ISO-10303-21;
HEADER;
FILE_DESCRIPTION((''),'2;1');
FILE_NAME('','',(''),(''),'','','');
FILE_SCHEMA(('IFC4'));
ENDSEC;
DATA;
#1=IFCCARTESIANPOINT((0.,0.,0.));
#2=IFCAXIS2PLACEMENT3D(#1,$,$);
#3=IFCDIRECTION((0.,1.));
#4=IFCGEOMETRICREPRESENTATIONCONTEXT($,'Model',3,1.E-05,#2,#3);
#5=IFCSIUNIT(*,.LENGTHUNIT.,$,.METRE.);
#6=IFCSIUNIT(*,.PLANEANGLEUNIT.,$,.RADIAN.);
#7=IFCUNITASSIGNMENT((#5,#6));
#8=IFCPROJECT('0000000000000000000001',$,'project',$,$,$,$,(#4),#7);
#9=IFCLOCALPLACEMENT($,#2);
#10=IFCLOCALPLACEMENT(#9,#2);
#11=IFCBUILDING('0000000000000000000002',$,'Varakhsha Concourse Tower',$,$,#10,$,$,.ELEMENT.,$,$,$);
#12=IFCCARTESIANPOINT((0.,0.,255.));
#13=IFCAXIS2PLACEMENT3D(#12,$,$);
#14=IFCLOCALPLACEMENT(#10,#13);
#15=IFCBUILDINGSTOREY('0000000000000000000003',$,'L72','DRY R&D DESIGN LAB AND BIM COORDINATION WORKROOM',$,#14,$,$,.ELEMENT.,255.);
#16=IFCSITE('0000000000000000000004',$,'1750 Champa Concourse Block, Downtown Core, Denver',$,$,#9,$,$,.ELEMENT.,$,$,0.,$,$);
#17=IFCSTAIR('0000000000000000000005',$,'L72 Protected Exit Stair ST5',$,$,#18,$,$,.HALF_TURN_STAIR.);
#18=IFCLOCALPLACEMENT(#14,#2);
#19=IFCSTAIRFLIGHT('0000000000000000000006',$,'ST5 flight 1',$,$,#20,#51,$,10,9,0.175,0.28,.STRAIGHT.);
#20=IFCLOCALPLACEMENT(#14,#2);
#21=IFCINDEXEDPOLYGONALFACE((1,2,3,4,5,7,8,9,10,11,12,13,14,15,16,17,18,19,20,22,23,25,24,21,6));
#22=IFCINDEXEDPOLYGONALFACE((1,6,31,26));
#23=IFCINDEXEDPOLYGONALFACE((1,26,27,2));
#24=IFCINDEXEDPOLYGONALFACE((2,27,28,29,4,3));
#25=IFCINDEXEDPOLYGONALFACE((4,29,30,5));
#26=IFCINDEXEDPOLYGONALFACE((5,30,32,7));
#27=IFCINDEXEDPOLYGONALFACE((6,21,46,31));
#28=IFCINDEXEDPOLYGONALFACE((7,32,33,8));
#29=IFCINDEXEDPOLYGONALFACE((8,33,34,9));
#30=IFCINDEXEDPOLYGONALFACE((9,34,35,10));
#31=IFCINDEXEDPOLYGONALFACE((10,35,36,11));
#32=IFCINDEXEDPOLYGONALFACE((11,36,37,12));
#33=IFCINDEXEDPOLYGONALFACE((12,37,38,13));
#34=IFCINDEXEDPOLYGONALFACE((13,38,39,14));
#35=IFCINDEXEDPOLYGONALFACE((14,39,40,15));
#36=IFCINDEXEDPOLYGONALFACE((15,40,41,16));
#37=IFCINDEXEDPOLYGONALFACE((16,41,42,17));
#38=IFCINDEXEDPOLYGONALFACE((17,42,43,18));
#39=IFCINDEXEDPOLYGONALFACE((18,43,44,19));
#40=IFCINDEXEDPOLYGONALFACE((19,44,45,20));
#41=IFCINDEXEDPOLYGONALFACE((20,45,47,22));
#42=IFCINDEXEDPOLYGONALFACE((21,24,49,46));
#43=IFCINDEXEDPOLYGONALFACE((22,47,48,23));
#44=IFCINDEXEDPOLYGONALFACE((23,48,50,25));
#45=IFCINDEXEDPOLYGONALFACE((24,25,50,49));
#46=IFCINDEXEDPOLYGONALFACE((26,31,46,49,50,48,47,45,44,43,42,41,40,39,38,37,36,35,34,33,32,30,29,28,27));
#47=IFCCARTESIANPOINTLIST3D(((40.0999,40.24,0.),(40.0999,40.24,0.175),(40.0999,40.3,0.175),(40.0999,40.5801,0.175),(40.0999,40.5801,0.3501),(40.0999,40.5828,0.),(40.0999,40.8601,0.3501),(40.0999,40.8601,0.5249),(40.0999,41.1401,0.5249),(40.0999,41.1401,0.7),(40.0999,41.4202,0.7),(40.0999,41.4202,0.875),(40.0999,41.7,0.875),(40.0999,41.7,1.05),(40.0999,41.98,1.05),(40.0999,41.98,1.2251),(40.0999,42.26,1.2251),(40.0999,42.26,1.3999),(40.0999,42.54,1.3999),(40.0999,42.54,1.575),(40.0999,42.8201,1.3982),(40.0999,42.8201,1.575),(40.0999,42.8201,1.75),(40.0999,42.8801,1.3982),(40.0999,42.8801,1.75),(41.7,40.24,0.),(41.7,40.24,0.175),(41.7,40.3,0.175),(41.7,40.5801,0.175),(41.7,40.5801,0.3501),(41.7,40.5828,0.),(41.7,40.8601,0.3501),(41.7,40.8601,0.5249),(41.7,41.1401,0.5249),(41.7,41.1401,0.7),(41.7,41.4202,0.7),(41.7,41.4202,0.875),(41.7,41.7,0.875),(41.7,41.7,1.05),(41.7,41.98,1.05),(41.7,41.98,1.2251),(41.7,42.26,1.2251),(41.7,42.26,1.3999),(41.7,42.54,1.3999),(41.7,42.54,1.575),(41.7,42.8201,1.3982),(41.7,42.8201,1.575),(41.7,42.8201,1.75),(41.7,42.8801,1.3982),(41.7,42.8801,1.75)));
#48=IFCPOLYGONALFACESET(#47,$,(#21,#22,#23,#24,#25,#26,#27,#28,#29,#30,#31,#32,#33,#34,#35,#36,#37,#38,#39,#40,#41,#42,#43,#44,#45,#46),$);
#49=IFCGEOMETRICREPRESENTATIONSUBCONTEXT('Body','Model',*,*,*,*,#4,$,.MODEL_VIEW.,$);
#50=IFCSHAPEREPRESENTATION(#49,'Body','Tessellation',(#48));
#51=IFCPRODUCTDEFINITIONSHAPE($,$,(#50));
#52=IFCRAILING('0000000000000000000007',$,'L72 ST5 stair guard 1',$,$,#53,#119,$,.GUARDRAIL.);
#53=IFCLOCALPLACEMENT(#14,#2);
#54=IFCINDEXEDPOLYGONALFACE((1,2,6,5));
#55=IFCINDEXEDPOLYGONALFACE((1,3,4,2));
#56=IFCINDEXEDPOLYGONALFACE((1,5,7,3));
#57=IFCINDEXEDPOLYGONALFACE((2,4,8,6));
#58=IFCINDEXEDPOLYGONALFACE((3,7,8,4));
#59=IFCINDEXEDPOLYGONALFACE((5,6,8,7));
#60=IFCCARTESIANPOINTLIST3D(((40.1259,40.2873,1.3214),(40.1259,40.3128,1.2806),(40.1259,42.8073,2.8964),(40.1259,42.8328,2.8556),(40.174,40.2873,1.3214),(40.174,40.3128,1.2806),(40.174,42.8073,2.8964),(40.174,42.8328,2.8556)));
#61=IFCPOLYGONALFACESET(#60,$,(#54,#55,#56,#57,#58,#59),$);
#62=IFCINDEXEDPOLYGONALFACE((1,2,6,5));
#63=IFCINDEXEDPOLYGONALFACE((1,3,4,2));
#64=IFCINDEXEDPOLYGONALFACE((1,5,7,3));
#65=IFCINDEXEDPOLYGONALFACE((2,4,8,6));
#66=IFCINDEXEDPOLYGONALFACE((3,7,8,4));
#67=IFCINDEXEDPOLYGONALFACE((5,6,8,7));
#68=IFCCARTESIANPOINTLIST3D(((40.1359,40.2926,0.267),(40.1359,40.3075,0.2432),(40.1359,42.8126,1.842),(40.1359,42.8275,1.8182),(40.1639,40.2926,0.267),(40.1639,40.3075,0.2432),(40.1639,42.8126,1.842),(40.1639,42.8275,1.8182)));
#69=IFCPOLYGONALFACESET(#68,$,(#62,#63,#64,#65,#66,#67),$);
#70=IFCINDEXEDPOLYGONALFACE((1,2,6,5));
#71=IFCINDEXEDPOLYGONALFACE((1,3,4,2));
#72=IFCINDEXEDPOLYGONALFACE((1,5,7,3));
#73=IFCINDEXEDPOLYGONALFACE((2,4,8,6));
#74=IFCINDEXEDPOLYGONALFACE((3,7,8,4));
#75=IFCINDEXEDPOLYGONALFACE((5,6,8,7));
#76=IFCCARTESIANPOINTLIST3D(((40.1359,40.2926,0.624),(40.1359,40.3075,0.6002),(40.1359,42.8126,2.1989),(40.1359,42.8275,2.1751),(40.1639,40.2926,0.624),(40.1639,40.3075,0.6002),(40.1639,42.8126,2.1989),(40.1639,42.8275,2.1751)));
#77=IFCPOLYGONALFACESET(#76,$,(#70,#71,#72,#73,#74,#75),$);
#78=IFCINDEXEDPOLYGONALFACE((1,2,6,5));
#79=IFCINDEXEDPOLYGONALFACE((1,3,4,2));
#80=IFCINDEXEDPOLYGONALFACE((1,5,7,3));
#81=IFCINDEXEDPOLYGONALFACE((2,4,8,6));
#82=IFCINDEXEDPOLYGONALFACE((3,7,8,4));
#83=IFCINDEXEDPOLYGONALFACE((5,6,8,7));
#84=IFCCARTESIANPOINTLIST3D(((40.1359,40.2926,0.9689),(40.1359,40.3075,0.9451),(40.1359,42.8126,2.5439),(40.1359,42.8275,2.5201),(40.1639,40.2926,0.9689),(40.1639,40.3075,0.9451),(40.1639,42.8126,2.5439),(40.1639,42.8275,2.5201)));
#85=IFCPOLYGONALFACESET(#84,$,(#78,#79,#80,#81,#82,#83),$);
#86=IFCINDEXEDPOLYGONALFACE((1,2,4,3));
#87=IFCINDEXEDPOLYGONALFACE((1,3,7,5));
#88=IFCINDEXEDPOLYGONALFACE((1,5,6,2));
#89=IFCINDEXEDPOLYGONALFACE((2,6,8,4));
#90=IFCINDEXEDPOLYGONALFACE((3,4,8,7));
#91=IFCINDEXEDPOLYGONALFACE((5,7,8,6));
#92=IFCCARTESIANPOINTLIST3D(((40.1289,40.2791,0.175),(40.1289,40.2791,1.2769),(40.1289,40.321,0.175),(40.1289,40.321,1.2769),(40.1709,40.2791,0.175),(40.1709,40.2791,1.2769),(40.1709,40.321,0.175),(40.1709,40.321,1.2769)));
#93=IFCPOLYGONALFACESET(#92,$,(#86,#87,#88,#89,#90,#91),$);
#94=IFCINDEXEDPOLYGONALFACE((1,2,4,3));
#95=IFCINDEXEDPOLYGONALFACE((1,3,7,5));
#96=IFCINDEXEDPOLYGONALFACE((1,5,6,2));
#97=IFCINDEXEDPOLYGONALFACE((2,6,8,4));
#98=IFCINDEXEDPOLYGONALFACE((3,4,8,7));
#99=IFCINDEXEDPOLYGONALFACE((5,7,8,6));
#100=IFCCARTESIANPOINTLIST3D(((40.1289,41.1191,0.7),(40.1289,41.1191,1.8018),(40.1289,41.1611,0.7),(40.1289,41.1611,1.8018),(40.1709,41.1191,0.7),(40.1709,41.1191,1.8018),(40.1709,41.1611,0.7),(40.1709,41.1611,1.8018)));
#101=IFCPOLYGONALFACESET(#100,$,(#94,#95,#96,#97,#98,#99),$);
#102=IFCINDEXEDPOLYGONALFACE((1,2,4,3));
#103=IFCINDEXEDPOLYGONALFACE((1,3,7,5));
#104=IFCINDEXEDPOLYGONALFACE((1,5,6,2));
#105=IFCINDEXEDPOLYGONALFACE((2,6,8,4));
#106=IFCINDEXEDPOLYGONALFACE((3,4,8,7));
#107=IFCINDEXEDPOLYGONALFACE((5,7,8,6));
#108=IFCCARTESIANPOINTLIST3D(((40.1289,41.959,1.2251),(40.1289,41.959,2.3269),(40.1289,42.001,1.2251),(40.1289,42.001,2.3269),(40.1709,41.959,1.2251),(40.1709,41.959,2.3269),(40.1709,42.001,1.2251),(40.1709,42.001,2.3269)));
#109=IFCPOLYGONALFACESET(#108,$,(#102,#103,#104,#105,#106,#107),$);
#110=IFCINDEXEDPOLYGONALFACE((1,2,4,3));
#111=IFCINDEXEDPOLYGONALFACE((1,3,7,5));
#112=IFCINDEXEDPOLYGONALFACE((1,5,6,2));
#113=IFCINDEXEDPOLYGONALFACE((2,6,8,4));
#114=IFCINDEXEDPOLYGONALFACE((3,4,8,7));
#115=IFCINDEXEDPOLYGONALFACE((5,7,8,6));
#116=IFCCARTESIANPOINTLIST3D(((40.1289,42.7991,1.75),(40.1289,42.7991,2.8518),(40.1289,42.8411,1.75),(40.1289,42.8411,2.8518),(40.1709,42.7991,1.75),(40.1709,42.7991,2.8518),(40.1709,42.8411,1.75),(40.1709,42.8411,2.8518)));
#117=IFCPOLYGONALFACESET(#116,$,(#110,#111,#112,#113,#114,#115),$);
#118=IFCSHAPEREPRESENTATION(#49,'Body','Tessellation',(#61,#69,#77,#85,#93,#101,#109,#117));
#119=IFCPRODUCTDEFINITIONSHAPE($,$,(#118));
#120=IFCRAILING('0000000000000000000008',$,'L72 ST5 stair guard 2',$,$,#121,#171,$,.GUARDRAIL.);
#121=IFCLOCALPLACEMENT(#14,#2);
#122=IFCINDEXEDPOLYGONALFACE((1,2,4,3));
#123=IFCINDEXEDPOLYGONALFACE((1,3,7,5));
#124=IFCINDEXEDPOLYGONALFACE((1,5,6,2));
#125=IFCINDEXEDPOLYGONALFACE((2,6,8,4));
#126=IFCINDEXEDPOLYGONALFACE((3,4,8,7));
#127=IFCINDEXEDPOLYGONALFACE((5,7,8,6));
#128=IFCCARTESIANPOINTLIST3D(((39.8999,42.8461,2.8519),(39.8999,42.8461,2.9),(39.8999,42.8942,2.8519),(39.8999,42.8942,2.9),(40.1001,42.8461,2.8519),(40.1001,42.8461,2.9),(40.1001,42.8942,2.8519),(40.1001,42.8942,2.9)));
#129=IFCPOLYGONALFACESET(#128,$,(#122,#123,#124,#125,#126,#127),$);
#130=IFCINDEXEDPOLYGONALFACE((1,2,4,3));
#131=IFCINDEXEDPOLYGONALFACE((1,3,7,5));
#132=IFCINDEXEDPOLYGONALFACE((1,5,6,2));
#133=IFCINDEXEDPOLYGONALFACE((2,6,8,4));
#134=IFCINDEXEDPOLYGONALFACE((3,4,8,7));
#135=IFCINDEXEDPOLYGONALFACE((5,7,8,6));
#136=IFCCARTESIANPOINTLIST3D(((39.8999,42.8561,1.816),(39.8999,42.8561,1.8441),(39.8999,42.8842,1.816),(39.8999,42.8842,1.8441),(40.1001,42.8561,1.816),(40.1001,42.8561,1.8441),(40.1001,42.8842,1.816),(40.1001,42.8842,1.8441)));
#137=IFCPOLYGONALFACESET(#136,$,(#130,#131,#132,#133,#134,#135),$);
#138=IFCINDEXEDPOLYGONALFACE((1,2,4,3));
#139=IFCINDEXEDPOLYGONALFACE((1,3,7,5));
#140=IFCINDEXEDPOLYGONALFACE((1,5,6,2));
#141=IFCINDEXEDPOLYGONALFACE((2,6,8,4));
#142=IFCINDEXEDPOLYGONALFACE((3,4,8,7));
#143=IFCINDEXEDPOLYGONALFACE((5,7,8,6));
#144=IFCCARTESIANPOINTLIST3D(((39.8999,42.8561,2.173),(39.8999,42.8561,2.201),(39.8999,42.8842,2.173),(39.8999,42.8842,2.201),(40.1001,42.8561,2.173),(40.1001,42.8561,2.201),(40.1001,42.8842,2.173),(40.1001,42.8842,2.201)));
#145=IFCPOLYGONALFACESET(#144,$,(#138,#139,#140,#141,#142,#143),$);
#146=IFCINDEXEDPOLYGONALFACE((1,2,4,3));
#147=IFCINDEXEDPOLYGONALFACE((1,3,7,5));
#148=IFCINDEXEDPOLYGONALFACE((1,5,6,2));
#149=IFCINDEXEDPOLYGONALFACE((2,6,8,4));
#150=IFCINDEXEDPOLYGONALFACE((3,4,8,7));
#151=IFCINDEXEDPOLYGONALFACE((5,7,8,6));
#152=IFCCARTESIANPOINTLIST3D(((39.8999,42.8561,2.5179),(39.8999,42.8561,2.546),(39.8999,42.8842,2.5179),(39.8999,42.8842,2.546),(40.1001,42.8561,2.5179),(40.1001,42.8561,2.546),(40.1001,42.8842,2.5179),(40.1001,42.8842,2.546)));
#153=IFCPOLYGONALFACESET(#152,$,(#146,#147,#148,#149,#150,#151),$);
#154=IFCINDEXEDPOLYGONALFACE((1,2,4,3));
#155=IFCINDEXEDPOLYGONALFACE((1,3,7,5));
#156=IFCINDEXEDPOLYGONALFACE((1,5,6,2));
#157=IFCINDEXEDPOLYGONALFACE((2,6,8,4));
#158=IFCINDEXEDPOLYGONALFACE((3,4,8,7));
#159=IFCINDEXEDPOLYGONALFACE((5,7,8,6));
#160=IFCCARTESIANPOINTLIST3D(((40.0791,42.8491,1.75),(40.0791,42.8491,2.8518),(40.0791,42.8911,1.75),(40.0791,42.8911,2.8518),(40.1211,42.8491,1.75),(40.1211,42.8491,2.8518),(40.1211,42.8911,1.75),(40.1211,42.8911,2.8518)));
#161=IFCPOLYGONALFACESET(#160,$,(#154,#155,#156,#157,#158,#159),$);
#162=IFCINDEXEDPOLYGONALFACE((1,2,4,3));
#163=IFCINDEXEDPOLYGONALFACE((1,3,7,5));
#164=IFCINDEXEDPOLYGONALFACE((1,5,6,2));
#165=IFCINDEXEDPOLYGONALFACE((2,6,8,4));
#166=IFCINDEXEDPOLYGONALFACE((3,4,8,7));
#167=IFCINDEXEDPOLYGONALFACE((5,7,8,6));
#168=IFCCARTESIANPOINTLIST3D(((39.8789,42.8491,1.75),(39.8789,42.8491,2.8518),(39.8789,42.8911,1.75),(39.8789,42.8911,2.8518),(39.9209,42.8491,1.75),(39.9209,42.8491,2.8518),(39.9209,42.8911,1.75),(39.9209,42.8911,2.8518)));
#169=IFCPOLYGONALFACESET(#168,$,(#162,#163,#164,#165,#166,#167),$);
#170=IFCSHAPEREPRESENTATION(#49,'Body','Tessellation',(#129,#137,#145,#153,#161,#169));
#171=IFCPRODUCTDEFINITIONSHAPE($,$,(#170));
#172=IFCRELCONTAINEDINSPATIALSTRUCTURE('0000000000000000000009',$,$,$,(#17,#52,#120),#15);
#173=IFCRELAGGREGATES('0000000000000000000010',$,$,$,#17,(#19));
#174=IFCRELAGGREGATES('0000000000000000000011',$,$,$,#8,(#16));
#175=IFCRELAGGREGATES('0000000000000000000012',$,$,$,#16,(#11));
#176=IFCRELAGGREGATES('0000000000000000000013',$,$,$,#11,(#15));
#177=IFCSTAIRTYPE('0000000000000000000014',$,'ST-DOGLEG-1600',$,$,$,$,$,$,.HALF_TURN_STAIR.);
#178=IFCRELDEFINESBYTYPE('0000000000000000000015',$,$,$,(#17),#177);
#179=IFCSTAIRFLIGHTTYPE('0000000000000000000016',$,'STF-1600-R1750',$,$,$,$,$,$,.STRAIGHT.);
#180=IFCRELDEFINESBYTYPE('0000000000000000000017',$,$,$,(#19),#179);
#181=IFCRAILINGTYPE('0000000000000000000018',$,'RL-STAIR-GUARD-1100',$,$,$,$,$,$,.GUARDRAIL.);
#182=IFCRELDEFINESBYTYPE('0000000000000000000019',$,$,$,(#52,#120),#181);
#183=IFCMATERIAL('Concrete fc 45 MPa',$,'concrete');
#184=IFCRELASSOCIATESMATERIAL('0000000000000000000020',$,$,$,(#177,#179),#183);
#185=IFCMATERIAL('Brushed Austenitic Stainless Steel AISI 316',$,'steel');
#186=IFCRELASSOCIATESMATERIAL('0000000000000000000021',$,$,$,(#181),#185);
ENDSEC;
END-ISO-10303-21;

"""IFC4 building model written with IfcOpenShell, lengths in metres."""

from ifc_helpers import new_model, si_unit, direction, frame, origin, origin_2d, place, context, subcontext, project, spatial, polyline, rectangle, outline, extrude, material, type_object, element, aggregate, save


model = new_model("IFC4")

# Units and contexts
model_context = context("Model", 3, precision=1e-05, world=origin(), true_north=direction((0.0, 1.0)))
body_context = subcontext(model_context, "Body", "Model", "MODEL_VIEW")
ifc_project = project(units=[si_unit("LENGTHUNIT", "METRE"), si_unit("PLANEANGLEUNIT", "RADIAN")], contexts=[model_context])

# Site, building, storey
site_placement = place(None, origin())
site = spatial("IfcSite", under=ifc_project, at=site_placement, Name="1750 Champa Concourse Block, Downtown Core, Denver", CompositionType="ELEMENT", RefElevation=0.0)
building_placement = place(site_placement, origin())
building = spatial("IfcBuilding", under=site, at=building_placement, Name="Varakhsha Concourse Tower", CompositionType="ELEMENT")
storey_placement = place(building_placement, frame((0.0, 0.0, 255.0)))
storey = spatial("IfcBuildingStorey", under=building, at=storey_placement, Name="L72", Description="DRY R&D DESIGN LAB AND BIM COORDINATION WORKROOM", CompositionType="ELEMENT", Elevation=255.0)

# Shared definitions
ifc_material_1 = material(Name="Concrete fc 45 MPa", Category="concrete")

# Stair, stair flight
stair_type = type_object("IfcStairType", Name="ST-DOGLEG-1600", PredefinedType="HALF_TURN_STAIR", material=ifc_material_1)
stair_placement = place(storey_placement, origin())
stair = element("IfcStair", 1, at=stair_placement, inside=storey, type_object=stair_type, Name="L72 Protected Exit Stair ST5", PredefinedType="HALF_TURN_STAIR")
stair_flight_type = type_object("IfcStairFlightType", Name="STF-1600-R1750", PredefinedType="STRAIGHT", material=ifc_material_1)
stair_flight_placement = place(storey_placement, frame((40.8999, 40.3, 0.0), z_axis=(0.0, 0.0, 1.0), x_axis=(0.0, 1.0, 0.0)))
stair_flight = element("IfcStairFlight", 2, at=stair_flight_placement, type_object=stair_flight_type, Name="ST5 flight 1", NumberOfRisers=10, NumberOfTreads=9, PredefinedType="STRAIGHT", RiserHeight=0.175, TreadLength=0.28, context=body_context, shape_type="SweptSolid", body=[
    extrude(outline(polyline([(-0.0601, 0.0), (-0.0601, 0.175), (0.0, 0.175), (0.28, 0.175), (0.28, 0.3501), (0.5601, 0.3501), (0.5601, 0.5249), (0.8401, 0.5249), (0.8401, 0.7), (1.1201, 0.7), (1.1201, 0.875), (1.3999, 0.875), (1.3999, 1.05), (1.6799, 1.05), (1.6799, 1.2251), (1.96, 1.2251), (1.96, 1.3999), (2.24, 1.3999), (2.24, 1.575), (2.52, 1.575), (2.52, 1.75), (2.5801, 1.75), (2.5801, 1.3982), (2.52, 1.3982), (0.2827, 0.0), (-0.0601, 0.0)])), frame((0.0, 0.8, 0.0), z_axis=(0.0, -1.0, 0.0), x_axis=(1.0, 0.0, 0.0)), (0.0, 0.0, 1.0), 1.6001),
])
aggregate(stair, [stair_flight])

# Railings
ifc_material_2 = material(Name="Brushed Austenitic Stainless Steel AISI 316", Category="steel")
railing_type_1 = type_object("IfcRailingType", Name="RL-STAIR-GUARD-1100", PredefinedType="GUARDRAIL", material=ifc_material_2)
railing_1_placement = place(storey_placement, frame((40.1499, 40.3, 0.175)))
element("IfcRailing", 3, at=railing_1_placement, inside=storey, type_object=railing_type_1, Name="L72 ST5 stair guard 1", PredefinedType="GUARDRAIL", context=body_context, shape_type="SweptSolid", body=[
    extrude(rectangle(XDim=0.0481, YDim=0.0481, at=origin_2d()), frame((0.0, 0.0, 1.126), z_axis=(0.0, 0.848008, 0.529984), x_axis=(-1.0, 0.0, 0.0)), (0.0, 0.0, 1.0), 2.9717),
    extrude(rectangle(XDim=0.0281, YDim=0.0281, at=origin_2d()), frame((0.0, 0.0, 0.0801), z_axis=(0.0, 0.848008, 0.529984), x_axis=(-1.0, 0.0, 0.0)), (0.0, 0.0, 1.0), 2.9717),
    extrude(rectangle(XDim=0.0281, YDim=0.0281, at=origin_2d()), frame((0.0, 0.0, 0.437), z_axis=(0.0, 0.848008, 0.529984), x_axis=(-1.0, 0.0, 0.0)), (0.0, 0.0, 1.0), 2.9717),
    extrude(rectangle(XDim=0.0281, YDim=0.0281, at=origin_2d()), frame((0.0, 0.0, 0.782), z_axis=(0.0, 0.848008, 0.529984), x_axis=(-1.0, 0.0, 0.0)), (0.0, 0.0, 1.0), 2.9717),
    extrude(rectangle(XDim=0.042, YDim=0.042, at=origin_2d()), origin(), (0.0, 0.0, 1.0), 1.1018),
    extrude(rectangle(XDim=0.042, YDim=0.042, at=origin_2d()), frame((0.0, 0.8401, 0.5249)), (0.0, 0.0, 1.0), 1.1018),
    extrude(rectangle(XDim=0.042, YDim=0.042, at=origin_2d()), frame((0.0, 1.6799, 1.05)), (0.0, 0.0, 1.0), 1.1018),
    extrude(rectangle(XDim=0.042, YDim=0.042, at=origin_2d()), frame((0.0, 2.52, 1.575)), (0.0, 0.0, 1.0), 1.1018),
])
railing_2_placement = place(storey_placement, frame((40.1001, 42.8701, 1.75)))
element("IfcRailing", 4, at=railing_2_placement, inside=storey, type_object=railing_type_1, Name="L72 ST5 stair guard 2", PredefinedType="GUARDRAIL", context=body_context, shape_type="SweptSolid", body=[
    extrude(rectangle(XDim=0.0481, YDim=0.0481, at=origin_2d()), frame((0.0, 0.0, 1.126), z_axis=(-1.0, 0.0, 0.0), x_axis=(0.0, -1.0, 0.0)), (0.0, 0.0, 1.0), 0.2002),
    extrude(rectangle(XDim=0.0281, YDim=0.0281, at=origin_2d()), frame((0.0, 0.0, 0.0801), z_axis=(-1.0, 0.0, 0.0), x_axis=(0.0, -1.0, 0.0)), (0.0, 0.0, 1.0), 0.2002),
    extrude(rectangle(XDim=0.0281, YDim=0.0281, at=origin_2d()), frame((0.0, 0.0, 0.437), z_axis=(-1.0, 0.0, 0.0), x_axis=(0.0, -1.0, 0.0)), (0.0, 0.0, 1.0), 0.2002),
    extrude(rectangle(XDim=0.0281, YDim=0.0281, at=origin_2d()), frame((0.0, 0.0, 0.782), z_axis=(-1.0, 0.0, 0.0), x_axis=(0.0, -1.0, 0.0)), (0.0, 0.0, 1.0), 0.2002),
    extrude(rectangle(XDim=0.042, YDim=0.042, at=origin_2d()), origin(), (0.0, 0.0, 1.0), 1.1018),
    extrude(rectangle(XDim=0.042, YDim=0.042, at=origin_2d()), frame((-0.2002, 0.0, 0.0)), (0.0, 0.0, 1.0), 1.1018),
])

save(model, "model.ifc")
